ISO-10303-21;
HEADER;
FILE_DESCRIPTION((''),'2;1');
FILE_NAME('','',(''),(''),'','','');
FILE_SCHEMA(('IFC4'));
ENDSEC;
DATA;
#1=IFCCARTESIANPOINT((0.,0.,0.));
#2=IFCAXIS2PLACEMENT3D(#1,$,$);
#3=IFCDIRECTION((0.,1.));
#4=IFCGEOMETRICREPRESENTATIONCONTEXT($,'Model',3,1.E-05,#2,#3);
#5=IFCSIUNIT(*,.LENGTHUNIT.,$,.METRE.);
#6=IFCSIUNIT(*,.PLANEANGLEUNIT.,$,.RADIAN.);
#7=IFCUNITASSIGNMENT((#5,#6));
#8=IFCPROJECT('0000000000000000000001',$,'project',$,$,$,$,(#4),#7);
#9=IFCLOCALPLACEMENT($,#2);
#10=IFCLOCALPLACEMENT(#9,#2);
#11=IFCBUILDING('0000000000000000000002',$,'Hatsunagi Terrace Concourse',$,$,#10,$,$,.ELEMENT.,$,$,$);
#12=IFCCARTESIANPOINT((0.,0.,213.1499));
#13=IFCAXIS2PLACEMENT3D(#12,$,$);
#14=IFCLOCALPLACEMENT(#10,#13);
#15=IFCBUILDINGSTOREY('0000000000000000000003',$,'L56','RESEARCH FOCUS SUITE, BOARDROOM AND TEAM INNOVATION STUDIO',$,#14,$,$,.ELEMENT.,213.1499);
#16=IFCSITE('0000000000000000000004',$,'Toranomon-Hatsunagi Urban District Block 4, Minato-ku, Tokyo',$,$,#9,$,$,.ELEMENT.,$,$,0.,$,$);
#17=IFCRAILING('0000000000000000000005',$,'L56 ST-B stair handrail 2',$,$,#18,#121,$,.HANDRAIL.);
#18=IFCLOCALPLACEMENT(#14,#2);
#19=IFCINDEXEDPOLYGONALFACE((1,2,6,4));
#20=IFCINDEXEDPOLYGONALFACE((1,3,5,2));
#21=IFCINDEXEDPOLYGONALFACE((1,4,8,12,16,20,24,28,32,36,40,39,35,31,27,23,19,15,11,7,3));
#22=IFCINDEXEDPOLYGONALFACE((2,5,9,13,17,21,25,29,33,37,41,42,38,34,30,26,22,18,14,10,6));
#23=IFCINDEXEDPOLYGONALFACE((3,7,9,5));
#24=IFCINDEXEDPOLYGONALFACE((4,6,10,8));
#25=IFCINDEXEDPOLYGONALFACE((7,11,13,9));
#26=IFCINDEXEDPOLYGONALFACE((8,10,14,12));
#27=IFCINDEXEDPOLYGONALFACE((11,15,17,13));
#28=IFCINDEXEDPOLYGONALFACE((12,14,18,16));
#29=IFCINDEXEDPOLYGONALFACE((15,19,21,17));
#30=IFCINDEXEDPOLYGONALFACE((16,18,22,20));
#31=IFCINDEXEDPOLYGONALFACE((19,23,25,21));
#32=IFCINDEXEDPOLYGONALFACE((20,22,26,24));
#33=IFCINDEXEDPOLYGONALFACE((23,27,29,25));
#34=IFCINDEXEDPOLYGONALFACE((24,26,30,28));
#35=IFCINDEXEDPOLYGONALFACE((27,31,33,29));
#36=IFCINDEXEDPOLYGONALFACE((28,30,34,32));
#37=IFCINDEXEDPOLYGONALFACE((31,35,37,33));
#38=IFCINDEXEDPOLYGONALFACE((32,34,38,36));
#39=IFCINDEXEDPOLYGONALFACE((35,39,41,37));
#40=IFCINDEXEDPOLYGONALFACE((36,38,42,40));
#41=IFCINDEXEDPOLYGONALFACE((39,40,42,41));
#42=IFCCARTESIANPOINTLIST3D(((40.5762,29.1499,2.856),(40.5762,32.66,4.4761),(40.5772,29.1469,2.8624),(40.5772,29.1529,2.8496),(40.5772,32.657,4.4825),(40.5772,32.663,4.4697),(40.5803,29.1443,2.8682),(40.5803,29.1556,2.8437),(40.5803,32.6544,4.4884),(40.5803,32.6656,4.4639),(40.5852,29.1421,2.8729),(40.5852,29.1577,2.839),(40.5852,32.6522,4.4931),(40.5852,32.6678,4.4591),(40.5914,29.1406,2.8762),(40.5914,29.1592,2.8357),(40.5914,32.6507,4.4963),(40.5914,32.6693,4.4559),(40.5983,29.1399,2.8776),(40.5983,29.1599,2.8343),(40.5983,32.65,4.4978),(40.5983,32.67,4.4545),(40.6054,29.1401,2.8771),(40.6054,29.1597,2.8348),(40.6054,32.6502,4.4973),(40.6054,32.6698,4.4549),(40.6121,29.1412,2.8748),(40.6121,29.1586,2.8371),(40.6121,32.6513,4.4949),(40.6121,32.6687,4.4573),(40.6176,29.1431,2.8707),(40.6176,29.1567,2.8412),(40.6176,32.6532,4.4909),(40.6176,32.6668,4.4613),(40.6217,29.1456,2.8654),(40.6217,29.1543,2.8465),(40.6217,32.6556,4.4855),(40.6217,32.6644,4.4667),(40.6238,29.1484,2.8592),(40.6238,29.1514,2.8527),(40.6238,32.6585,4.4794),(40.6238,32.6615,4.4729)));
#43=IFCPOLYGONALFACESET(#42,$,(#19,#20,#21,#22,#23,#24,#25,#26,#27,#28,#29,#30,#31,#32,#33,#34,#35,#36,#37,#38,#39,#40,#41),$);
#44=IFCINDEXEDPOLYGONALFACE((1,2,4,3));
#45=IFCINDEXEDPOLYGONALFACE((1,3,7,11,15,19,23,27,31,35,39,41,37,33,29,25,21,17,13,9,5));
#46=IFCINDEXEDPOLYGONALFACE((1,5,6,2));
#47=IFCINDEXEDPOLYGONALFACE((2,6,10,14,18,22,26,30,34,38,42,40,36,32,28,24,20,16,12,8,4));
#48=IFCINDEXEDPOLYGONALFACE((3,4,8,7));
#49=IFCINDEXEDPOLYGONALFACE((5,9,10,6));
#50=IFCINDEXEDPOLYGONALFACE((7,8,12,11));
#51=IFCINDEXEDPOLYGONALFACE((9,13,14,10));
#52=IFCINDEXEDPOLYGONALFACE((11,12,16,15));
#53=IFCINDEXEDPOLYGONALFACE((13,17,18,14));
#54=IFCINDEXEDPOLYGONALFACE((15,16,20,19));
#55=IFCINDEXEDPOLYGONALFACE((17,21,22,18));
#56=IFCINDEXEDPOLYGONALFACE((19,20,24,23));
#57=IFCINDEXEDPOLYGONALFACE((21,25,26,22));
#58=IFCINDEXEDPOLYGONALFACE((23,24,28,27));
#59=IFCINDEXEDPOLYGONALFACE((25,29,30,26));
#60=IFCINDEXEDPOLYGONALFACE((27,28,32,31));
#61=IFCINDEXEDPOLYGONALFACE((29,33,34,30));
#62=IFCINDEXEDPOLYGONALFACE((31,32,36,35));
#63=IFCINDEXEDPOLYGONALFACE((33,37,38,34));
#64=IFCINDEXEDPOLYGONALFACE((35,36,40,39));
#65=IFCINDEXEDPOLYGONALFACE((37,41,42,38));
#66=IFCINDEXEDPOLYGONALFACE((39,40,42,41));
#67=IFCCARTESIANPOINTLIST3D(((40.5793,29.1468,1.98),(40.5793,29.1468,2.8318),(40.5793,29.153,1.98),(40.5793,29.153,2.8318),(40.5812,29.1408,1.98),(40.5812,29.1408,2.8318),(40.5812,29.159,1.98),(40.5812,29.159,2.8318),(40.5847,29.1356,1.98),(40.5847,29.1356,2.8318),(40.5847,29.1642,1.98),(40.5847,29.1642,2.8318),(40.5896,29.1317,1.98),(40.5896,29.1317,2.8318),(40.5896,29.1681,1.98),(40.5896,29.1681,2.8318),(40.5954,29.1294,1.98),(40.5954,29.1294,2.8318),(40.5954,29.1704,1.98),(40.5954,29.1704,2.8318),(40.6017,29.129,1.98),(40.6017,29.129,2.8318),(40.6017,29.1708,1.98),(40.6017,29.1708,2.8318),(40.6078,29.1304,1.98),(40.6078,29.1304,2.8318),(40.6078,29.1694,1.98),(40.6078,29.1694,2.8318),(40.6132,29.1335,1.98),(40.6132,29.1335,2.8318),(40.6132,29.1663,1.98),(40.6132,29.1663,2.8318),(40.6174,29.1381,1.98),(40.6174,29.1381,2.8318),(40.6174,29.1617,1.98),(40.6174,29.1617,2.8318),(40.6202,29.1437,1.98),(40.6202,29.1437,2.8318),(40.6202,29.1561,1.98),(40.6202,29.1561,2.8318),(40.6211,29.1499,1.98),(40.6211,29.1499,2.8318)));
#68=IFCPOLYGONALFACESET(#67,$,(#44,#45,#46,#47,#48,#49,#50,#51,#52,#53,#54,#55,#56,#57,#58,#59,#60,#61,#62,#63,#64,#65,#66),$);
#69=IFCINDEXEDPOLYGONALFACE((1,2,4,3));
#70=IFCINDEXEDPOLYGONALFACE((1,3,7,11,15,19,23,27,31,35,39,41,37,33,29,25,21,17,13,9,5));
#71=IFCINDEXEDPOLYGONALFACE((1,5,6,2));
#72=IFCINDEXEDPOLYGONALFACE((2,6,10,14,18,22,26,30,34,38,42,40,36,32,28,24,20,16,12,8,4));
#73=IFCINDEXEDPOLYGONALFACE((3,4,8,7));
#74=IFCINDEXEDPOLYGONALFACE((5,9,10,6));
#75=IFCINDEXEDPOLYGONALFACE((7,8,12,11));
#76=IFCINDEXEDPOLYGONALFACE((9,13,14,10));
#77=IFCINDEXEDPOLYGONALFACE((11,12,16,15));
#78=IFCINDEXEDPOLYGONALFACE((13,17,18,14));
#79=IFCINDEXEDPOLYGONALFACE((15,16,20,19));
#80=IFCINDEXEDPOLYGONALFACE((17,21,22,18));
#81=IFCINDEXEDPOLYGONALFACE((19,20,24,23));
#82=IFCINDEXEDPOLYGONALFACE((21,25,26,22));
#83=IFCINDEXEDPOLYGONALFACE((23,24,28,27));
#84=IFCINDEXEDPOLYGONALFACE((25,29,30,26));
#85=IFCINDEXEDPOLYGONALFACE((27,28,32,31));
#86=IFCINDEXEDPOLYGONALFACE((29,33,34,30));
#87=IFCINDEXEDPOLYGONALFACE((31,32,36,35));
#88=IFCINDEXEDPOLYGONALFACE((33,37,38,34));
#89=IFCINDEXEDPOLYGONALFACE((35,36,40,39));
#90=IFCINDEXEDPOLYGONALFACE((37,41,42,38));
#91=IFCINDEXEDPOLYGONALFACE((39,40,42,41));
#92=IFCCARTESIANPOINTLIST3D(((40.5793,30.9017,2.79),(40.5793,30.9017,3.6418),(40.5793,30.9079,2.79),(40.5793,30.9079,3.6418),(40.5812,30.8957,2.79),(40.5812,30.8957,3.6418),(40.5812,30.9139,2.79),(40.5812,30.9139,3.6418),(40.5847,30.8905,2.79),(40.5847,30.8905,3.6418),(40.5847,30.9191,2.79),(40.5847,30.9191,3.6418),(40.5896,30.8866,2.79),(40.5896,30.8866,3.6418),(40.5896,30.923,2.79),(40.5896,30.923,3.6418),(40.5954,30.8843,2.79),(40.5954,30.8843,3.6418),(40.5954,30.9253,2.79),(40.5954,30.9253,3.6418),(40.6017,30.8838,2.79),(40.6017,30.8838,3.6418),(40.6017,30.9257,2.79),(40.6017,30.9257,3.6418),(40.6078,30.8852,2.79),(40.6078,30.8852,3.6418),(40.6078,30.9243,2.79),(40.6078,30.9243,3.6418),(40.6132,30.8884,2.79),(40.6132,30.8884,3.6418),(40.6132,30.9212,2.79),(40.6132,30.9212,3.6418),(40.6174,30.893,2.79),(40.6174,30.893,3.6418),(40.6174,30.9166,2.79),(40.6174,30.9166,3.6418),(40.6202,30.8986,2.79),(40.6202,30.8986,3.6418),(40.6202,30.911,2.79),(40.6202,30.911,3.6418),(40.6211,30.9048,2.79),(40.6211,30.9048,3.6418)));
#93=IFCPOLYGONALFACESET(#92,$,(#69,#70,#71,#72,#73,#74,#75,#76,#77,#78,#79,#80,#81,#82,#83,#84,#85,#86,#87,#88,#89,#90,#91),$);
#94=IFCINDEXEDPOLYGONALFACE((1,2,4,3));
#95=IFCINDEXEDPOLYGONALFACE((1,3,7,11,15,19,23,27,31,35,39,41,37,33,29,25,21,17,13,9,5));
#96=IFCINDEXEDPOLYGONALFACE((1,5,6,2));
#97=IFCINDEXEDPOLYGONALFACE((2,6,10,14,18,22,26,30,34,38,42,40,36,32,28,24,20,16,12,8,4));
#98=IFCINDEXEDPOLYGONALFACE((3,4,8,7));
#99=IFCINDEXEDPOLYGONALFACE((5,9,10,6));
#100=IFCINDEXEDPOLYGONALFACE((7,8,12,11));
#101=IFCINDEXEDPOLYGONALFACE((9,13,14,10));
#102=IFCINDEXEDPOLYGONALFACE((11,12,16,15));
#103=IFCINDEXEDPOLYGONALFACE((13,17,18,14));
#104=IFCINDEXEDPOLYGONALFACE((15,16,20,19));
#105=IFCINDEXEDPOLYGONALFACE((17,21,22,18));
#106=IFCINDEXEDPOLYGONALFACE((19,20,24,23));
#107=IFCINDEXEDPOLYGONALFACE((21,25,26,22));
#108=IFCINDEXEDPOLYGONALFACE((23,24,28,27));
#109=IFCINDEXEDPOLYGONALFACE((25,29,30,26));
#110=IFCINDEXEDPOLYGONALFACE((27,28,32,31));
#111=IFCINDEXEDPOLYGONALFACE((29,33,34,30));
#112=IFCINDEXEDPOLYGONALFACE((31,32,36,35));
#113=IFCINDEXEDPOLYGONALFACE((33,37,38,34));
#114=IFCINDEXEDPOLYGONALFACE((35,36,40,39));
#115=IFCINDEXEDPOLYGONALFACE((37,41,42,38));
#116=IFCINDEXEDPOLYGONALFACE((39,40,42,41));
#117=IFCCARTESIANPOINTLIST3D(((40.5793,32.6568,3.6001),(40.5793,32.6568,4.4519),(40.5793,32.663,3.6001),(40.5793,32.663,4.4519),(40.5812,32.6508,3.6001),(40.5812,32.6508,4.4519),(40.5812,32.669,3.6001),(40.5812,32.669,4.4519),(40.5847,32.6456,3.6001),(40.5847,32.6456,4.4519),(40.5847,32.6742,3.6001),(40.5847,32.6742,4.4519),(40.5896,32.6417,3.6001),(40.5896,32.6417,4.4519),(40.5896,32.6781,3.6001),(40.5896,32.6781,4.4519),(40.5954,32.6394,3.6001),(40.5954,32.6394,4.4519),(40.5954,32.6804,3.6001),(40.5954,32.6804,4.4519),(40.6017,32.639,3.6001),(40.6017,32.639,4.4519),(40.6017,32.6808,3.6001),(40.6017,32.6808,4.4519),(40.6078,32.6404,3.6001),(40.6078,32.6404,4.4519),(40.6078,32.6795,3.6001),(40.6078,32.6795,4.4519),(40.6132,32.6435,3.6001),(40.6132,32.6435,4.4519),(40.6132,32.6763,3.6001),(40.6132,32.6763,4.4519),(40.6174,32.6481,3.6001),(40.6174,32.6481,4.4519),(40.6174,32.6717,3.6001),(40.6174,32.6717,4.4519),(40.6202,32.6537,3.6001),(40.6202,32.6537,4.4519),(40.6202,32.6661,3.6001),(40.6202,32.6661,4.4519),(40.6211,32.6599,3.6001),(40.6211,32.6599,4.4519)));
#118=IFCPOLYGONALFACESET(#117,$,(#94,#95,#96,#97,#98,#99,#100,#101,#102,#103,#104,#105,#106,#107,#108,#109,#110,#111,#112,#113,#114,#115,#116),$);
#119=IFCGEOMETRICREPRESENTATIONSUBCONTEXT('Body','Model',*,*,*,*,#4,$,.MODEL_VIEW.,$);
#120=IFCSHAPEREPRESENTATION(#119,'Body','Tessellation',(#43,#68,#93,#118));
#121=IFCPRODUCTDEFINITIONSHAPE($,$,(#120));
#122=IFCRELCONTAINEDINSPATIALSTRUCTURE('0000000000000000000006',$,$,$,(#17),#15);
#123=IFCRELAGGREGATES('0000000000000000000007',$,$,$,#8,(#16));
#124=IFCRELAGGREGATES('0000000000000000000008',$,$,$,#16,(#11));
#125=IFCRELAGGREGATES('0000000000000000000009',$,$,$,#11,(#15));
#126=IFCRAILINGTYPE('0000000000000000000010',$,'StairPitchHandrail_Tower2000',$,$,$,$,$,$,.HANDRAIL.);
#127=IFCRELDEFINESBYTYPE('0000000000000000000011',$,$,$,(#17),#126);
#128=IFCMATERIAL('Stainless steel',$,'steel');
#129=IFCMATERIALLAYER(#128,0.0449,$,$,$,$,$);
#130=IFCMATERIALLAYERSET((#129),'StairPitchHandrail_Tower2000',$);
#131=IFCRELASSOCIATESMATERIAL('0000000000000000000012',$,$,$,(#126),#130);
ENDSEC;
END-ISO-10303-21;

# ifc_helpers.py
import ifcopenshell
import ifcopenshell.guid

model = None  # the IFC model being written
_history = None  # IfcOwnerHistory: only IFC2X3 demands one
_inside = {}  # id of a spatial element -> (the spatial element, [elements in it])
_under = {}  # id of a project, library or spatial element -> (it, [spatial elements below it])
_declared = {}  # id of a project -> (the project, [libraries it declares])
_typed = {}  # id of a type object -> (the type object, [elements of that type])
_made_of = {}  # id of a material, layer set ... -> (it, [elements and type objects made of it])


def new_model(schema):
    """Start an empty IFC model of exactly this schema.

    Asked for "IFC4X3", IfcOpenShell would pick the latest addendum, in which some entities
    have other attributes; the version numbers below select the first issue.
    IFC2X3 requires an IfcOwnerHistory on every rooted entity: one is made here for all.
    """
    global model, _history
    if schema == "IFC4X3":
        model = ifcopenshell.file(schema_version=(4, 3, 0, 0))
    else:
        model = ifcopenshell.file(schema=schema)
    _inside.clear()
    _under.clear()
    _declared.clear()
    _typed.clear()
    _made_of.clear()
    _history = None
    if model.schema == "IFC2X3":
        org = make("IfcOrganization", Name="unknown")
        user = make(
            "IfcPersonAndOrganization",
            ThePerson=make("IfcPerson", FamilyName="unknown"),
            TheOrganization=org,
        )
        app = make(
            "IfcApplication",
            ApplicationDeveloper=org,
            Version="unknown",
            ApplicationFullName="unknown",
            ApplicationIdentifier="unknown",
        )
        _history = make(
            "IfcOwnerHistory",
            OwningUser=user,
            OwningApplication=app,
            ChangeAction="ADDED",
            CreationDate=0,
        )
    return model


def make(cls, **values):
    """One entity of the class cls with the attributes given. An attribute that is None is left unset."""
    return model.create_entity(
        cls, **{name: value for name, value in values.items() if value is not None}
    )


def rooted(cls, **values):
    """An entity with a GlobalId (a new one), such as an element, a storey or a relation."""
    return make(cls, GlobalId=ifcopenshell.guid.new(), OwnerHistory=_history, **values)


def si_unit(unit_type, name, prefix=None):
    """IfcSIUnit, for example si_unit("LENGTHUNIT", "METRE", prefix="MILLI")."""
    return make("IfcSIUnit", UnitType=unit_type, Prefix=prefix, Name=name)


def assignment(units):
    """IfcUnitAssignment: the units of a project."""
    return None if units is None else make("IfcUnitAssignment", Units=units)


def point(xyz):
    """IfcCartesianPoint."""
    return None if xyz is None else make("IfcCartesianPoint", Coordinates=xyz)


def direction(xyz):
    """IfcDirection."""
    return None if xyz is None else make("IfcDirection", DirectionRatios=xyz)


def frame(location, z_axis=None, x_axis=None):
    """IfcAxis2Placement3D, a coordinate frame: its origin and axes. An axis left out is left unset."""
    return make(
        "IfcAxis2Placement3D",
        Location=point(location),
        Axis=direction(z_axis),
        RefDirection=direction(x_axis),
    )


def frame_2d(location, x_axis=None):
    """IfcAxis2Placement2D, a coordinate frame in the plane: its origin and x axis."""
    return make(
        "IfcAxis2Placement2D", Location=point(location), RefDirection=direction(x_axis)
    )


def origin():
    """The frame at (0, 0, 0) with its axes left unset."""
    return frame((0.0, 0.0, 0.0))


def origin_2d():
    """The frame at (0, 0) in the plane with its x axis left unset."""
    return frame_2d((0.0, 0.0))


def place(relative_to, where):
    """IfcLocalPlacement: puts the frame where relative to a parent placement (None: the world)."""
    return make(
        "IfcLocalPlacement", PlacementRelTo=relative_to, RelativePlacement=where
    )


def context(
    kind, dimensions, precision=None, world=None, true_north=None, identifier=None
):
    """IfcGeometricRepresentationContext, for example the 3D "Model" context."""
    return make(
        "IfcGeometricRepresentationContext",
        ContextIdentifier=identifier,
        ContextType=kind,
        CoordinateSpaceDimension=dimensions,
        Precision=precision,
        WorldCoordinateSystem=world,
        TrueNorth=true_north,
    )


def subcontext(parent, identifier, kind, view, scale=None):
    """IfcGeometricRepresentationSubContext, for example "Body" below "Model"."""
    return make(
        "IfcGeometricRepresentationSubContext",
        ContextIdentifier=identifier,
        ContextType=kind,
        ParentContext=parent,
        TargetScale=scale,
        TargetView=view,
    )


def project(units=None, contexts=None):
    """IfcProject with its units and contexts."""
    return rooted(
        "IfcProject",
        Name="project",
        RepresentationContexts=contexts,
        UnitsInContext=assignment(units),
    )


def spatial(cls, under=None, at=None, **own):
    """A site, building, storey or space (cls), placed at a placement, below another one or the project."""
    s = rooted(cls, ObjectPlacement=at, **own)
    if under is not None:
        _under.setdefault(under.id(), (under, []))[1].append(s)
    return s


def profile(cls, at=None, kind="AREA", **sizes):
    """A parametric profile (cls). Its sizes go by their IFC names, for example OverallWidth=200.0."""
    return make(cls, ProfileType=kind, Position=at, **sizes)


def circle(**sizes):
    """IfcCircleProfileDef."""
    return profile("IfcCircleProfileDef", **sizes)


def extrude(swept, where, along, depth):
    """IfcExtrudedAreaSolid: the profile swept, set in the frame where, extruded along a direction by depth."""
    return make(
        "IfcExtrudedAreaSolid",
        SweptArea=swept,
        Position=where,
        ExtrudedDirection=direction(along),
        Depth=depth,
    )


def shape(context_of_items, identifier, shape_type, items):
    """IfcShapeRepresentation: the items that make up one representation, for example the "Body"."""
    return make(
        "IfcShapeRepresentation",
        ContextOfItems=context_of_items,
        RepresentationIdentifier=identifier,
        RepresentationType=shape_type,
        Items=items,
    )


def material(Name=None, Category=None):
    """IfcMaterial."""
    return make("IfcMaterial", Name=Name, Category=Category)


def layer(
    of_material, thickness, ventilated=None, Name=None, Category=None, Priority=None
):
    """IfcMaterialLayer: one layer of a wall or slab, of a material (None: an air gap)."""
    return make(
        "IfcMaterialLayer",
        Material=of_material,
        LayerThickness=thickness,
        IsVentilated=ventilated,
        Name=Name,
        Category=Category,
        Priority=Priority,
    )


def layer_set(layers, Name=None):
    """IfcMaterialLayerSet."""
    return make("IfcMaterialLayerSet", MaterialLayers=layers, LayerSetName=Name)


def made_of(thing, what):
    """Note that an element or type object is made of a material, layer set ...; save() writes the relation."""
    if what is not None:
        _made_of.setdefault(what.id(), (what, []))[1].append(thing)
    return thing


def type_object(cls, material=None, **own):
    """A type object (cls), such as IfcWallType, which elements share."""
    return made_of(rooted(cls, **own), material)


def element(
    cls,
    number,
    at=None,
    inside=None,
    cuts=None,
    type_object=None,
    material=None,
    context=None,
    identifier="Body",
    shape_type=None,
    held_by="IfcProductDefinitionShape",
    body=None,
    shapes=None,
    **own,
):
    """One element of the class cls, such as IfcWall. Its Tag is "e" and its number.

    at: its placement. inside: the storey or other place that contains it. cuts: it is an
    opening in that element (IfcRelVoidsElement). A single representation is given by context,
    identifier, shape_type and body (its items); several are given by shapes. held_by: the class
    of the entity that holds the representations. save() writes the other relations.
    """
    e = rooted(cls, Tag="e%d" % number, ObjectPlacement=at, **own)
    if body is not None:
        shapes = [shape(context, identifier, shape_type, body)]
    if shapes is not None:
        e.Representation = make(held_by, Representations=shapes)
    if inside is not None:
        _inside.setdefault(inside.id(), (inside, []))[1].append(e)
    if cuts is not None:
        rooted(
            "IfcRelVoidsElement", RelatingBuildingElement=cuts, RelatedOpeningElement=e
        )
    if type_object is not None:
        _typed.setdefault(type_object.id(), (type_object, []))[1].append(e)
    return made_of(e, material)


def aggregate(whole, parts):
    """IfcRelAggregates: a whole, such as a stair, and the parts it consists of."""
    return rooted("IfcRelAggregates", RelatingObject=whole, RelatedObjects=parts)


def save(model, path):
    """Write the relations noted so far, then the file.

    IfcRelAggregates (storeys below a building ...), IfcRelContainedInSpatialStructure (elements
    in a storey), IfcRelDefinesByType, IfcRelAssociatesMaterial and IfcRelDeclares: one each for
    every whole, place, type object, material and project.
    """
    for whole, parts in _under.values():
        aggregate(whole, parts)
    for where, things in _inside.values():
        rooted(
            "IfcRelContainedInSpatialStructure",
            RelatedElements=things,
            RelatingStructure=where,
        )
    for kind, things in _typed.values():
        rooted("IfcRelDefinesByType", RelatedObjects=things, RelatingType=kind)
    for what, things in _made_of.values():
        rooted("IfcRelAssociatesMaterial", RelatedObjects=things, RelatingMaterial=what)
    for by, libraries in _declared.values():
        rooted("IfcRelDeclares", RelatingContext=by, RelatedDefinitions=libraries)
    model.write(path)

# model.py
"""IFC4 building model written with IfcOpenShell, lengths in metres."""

from ifc_helpers import new_model, si_unit, direction, frame, origin, origin_2d, place, context, subcontext, project, spatial, circle, extrude, material, layer, layer_set, type_object, element, save


model = new_model("IFC4")

# Units and contexts
model_context = context("Model", 3, precision=1e-05, world=origin(), true_north=direction((0.0, 1.0)))
body_context = subcontext(model_context, "Body", "Model", "MODEL_VIEW")
ifc_project = project(units=[si_unit("LENGTHUNIT", "METRE"), si_unit("PLANEANGLEUNIT", "RADIAN")], contexts=[model_context])

# Site, building, storey
site_placement = place(None, origin())
site = spatial("IfcSite", under=ifc_project, at=site_placement, Name="Toranomon-Hatsunagi Urban District Block 4, Minato-ku, Tokyo", CompositionType="ELEMENT", RefElevation=0.0)
building_placement = place(site_placement, origin())
building = spatial("IfcBuilding", under=site, at=building_placement, Name="Hatsunagi Terrace Concourse", CompositionType="ELEMENT")
storey_placement = place(building_placement, frame((0.0, 0.0, 213.1499)))
storey = spatial("IfcBuildingStorey", under=building, at=storey_placement, Name="L56", Description="RESEARCH FOCUS SUITE, BOARDROOM AND TEAM INNOVATION STUDIO", CompositionType="ELEMENT", Elevation=213.1499)

# Railing
ifc_material_1 = material(Name="Stainless steel", Category="steel")
ifc_layer_1 = layer(ifc_material_1, 0.0449)
ifc_layer_set_1 = layer_set([ifc_layer_1], Name="StairPitchHandrail_Tower2000")
railing_type_1 = type_object("IfcRailingType", Name="StairPitchHandrail_Tower2000", PredefinedType="HANDRAIL", material=ifc_layer_set_1)
railing_1_placement = place(storey_placement, frame((40.6001, 29.1499, 1.98)))
element("IfcRailing", 1, at=railing_1_placement, inside=storey, type_object=railing_type_1, Name="L56 ST-B stair handrail 2", PredefinedType="HANDRAIL", context=body_context, shape_type="SweptSolid", body=[
    extrude(circle(Radius=0.0239, at=origin_2d()), frame((0.0, 0.0, 0.876), z_axis=(0.0, 0.907948, 0.419082), x_axis=(-1.0, 0.0, 0.0)), (0.0, 0.0, 1.0), 3.866),
    extrude(circle(Radius=0.021, at=origin_2d()), origin(), (0.0, 0.0, 1.0), 0.8518),
    extrude(circle(Radius=0.021, at=origin_2d()), frame((0.0, 1.7549, 0.8101)), (0.0, 0.0, 1.0), 0.8518),
    extrude(circle(Radius=0.021, at=origin_2d()), frame((0.0, 3.51, 1.6201)), (0.0, 0.0, 1.0), 0.8518),
])

save(model, "model.ifc")
